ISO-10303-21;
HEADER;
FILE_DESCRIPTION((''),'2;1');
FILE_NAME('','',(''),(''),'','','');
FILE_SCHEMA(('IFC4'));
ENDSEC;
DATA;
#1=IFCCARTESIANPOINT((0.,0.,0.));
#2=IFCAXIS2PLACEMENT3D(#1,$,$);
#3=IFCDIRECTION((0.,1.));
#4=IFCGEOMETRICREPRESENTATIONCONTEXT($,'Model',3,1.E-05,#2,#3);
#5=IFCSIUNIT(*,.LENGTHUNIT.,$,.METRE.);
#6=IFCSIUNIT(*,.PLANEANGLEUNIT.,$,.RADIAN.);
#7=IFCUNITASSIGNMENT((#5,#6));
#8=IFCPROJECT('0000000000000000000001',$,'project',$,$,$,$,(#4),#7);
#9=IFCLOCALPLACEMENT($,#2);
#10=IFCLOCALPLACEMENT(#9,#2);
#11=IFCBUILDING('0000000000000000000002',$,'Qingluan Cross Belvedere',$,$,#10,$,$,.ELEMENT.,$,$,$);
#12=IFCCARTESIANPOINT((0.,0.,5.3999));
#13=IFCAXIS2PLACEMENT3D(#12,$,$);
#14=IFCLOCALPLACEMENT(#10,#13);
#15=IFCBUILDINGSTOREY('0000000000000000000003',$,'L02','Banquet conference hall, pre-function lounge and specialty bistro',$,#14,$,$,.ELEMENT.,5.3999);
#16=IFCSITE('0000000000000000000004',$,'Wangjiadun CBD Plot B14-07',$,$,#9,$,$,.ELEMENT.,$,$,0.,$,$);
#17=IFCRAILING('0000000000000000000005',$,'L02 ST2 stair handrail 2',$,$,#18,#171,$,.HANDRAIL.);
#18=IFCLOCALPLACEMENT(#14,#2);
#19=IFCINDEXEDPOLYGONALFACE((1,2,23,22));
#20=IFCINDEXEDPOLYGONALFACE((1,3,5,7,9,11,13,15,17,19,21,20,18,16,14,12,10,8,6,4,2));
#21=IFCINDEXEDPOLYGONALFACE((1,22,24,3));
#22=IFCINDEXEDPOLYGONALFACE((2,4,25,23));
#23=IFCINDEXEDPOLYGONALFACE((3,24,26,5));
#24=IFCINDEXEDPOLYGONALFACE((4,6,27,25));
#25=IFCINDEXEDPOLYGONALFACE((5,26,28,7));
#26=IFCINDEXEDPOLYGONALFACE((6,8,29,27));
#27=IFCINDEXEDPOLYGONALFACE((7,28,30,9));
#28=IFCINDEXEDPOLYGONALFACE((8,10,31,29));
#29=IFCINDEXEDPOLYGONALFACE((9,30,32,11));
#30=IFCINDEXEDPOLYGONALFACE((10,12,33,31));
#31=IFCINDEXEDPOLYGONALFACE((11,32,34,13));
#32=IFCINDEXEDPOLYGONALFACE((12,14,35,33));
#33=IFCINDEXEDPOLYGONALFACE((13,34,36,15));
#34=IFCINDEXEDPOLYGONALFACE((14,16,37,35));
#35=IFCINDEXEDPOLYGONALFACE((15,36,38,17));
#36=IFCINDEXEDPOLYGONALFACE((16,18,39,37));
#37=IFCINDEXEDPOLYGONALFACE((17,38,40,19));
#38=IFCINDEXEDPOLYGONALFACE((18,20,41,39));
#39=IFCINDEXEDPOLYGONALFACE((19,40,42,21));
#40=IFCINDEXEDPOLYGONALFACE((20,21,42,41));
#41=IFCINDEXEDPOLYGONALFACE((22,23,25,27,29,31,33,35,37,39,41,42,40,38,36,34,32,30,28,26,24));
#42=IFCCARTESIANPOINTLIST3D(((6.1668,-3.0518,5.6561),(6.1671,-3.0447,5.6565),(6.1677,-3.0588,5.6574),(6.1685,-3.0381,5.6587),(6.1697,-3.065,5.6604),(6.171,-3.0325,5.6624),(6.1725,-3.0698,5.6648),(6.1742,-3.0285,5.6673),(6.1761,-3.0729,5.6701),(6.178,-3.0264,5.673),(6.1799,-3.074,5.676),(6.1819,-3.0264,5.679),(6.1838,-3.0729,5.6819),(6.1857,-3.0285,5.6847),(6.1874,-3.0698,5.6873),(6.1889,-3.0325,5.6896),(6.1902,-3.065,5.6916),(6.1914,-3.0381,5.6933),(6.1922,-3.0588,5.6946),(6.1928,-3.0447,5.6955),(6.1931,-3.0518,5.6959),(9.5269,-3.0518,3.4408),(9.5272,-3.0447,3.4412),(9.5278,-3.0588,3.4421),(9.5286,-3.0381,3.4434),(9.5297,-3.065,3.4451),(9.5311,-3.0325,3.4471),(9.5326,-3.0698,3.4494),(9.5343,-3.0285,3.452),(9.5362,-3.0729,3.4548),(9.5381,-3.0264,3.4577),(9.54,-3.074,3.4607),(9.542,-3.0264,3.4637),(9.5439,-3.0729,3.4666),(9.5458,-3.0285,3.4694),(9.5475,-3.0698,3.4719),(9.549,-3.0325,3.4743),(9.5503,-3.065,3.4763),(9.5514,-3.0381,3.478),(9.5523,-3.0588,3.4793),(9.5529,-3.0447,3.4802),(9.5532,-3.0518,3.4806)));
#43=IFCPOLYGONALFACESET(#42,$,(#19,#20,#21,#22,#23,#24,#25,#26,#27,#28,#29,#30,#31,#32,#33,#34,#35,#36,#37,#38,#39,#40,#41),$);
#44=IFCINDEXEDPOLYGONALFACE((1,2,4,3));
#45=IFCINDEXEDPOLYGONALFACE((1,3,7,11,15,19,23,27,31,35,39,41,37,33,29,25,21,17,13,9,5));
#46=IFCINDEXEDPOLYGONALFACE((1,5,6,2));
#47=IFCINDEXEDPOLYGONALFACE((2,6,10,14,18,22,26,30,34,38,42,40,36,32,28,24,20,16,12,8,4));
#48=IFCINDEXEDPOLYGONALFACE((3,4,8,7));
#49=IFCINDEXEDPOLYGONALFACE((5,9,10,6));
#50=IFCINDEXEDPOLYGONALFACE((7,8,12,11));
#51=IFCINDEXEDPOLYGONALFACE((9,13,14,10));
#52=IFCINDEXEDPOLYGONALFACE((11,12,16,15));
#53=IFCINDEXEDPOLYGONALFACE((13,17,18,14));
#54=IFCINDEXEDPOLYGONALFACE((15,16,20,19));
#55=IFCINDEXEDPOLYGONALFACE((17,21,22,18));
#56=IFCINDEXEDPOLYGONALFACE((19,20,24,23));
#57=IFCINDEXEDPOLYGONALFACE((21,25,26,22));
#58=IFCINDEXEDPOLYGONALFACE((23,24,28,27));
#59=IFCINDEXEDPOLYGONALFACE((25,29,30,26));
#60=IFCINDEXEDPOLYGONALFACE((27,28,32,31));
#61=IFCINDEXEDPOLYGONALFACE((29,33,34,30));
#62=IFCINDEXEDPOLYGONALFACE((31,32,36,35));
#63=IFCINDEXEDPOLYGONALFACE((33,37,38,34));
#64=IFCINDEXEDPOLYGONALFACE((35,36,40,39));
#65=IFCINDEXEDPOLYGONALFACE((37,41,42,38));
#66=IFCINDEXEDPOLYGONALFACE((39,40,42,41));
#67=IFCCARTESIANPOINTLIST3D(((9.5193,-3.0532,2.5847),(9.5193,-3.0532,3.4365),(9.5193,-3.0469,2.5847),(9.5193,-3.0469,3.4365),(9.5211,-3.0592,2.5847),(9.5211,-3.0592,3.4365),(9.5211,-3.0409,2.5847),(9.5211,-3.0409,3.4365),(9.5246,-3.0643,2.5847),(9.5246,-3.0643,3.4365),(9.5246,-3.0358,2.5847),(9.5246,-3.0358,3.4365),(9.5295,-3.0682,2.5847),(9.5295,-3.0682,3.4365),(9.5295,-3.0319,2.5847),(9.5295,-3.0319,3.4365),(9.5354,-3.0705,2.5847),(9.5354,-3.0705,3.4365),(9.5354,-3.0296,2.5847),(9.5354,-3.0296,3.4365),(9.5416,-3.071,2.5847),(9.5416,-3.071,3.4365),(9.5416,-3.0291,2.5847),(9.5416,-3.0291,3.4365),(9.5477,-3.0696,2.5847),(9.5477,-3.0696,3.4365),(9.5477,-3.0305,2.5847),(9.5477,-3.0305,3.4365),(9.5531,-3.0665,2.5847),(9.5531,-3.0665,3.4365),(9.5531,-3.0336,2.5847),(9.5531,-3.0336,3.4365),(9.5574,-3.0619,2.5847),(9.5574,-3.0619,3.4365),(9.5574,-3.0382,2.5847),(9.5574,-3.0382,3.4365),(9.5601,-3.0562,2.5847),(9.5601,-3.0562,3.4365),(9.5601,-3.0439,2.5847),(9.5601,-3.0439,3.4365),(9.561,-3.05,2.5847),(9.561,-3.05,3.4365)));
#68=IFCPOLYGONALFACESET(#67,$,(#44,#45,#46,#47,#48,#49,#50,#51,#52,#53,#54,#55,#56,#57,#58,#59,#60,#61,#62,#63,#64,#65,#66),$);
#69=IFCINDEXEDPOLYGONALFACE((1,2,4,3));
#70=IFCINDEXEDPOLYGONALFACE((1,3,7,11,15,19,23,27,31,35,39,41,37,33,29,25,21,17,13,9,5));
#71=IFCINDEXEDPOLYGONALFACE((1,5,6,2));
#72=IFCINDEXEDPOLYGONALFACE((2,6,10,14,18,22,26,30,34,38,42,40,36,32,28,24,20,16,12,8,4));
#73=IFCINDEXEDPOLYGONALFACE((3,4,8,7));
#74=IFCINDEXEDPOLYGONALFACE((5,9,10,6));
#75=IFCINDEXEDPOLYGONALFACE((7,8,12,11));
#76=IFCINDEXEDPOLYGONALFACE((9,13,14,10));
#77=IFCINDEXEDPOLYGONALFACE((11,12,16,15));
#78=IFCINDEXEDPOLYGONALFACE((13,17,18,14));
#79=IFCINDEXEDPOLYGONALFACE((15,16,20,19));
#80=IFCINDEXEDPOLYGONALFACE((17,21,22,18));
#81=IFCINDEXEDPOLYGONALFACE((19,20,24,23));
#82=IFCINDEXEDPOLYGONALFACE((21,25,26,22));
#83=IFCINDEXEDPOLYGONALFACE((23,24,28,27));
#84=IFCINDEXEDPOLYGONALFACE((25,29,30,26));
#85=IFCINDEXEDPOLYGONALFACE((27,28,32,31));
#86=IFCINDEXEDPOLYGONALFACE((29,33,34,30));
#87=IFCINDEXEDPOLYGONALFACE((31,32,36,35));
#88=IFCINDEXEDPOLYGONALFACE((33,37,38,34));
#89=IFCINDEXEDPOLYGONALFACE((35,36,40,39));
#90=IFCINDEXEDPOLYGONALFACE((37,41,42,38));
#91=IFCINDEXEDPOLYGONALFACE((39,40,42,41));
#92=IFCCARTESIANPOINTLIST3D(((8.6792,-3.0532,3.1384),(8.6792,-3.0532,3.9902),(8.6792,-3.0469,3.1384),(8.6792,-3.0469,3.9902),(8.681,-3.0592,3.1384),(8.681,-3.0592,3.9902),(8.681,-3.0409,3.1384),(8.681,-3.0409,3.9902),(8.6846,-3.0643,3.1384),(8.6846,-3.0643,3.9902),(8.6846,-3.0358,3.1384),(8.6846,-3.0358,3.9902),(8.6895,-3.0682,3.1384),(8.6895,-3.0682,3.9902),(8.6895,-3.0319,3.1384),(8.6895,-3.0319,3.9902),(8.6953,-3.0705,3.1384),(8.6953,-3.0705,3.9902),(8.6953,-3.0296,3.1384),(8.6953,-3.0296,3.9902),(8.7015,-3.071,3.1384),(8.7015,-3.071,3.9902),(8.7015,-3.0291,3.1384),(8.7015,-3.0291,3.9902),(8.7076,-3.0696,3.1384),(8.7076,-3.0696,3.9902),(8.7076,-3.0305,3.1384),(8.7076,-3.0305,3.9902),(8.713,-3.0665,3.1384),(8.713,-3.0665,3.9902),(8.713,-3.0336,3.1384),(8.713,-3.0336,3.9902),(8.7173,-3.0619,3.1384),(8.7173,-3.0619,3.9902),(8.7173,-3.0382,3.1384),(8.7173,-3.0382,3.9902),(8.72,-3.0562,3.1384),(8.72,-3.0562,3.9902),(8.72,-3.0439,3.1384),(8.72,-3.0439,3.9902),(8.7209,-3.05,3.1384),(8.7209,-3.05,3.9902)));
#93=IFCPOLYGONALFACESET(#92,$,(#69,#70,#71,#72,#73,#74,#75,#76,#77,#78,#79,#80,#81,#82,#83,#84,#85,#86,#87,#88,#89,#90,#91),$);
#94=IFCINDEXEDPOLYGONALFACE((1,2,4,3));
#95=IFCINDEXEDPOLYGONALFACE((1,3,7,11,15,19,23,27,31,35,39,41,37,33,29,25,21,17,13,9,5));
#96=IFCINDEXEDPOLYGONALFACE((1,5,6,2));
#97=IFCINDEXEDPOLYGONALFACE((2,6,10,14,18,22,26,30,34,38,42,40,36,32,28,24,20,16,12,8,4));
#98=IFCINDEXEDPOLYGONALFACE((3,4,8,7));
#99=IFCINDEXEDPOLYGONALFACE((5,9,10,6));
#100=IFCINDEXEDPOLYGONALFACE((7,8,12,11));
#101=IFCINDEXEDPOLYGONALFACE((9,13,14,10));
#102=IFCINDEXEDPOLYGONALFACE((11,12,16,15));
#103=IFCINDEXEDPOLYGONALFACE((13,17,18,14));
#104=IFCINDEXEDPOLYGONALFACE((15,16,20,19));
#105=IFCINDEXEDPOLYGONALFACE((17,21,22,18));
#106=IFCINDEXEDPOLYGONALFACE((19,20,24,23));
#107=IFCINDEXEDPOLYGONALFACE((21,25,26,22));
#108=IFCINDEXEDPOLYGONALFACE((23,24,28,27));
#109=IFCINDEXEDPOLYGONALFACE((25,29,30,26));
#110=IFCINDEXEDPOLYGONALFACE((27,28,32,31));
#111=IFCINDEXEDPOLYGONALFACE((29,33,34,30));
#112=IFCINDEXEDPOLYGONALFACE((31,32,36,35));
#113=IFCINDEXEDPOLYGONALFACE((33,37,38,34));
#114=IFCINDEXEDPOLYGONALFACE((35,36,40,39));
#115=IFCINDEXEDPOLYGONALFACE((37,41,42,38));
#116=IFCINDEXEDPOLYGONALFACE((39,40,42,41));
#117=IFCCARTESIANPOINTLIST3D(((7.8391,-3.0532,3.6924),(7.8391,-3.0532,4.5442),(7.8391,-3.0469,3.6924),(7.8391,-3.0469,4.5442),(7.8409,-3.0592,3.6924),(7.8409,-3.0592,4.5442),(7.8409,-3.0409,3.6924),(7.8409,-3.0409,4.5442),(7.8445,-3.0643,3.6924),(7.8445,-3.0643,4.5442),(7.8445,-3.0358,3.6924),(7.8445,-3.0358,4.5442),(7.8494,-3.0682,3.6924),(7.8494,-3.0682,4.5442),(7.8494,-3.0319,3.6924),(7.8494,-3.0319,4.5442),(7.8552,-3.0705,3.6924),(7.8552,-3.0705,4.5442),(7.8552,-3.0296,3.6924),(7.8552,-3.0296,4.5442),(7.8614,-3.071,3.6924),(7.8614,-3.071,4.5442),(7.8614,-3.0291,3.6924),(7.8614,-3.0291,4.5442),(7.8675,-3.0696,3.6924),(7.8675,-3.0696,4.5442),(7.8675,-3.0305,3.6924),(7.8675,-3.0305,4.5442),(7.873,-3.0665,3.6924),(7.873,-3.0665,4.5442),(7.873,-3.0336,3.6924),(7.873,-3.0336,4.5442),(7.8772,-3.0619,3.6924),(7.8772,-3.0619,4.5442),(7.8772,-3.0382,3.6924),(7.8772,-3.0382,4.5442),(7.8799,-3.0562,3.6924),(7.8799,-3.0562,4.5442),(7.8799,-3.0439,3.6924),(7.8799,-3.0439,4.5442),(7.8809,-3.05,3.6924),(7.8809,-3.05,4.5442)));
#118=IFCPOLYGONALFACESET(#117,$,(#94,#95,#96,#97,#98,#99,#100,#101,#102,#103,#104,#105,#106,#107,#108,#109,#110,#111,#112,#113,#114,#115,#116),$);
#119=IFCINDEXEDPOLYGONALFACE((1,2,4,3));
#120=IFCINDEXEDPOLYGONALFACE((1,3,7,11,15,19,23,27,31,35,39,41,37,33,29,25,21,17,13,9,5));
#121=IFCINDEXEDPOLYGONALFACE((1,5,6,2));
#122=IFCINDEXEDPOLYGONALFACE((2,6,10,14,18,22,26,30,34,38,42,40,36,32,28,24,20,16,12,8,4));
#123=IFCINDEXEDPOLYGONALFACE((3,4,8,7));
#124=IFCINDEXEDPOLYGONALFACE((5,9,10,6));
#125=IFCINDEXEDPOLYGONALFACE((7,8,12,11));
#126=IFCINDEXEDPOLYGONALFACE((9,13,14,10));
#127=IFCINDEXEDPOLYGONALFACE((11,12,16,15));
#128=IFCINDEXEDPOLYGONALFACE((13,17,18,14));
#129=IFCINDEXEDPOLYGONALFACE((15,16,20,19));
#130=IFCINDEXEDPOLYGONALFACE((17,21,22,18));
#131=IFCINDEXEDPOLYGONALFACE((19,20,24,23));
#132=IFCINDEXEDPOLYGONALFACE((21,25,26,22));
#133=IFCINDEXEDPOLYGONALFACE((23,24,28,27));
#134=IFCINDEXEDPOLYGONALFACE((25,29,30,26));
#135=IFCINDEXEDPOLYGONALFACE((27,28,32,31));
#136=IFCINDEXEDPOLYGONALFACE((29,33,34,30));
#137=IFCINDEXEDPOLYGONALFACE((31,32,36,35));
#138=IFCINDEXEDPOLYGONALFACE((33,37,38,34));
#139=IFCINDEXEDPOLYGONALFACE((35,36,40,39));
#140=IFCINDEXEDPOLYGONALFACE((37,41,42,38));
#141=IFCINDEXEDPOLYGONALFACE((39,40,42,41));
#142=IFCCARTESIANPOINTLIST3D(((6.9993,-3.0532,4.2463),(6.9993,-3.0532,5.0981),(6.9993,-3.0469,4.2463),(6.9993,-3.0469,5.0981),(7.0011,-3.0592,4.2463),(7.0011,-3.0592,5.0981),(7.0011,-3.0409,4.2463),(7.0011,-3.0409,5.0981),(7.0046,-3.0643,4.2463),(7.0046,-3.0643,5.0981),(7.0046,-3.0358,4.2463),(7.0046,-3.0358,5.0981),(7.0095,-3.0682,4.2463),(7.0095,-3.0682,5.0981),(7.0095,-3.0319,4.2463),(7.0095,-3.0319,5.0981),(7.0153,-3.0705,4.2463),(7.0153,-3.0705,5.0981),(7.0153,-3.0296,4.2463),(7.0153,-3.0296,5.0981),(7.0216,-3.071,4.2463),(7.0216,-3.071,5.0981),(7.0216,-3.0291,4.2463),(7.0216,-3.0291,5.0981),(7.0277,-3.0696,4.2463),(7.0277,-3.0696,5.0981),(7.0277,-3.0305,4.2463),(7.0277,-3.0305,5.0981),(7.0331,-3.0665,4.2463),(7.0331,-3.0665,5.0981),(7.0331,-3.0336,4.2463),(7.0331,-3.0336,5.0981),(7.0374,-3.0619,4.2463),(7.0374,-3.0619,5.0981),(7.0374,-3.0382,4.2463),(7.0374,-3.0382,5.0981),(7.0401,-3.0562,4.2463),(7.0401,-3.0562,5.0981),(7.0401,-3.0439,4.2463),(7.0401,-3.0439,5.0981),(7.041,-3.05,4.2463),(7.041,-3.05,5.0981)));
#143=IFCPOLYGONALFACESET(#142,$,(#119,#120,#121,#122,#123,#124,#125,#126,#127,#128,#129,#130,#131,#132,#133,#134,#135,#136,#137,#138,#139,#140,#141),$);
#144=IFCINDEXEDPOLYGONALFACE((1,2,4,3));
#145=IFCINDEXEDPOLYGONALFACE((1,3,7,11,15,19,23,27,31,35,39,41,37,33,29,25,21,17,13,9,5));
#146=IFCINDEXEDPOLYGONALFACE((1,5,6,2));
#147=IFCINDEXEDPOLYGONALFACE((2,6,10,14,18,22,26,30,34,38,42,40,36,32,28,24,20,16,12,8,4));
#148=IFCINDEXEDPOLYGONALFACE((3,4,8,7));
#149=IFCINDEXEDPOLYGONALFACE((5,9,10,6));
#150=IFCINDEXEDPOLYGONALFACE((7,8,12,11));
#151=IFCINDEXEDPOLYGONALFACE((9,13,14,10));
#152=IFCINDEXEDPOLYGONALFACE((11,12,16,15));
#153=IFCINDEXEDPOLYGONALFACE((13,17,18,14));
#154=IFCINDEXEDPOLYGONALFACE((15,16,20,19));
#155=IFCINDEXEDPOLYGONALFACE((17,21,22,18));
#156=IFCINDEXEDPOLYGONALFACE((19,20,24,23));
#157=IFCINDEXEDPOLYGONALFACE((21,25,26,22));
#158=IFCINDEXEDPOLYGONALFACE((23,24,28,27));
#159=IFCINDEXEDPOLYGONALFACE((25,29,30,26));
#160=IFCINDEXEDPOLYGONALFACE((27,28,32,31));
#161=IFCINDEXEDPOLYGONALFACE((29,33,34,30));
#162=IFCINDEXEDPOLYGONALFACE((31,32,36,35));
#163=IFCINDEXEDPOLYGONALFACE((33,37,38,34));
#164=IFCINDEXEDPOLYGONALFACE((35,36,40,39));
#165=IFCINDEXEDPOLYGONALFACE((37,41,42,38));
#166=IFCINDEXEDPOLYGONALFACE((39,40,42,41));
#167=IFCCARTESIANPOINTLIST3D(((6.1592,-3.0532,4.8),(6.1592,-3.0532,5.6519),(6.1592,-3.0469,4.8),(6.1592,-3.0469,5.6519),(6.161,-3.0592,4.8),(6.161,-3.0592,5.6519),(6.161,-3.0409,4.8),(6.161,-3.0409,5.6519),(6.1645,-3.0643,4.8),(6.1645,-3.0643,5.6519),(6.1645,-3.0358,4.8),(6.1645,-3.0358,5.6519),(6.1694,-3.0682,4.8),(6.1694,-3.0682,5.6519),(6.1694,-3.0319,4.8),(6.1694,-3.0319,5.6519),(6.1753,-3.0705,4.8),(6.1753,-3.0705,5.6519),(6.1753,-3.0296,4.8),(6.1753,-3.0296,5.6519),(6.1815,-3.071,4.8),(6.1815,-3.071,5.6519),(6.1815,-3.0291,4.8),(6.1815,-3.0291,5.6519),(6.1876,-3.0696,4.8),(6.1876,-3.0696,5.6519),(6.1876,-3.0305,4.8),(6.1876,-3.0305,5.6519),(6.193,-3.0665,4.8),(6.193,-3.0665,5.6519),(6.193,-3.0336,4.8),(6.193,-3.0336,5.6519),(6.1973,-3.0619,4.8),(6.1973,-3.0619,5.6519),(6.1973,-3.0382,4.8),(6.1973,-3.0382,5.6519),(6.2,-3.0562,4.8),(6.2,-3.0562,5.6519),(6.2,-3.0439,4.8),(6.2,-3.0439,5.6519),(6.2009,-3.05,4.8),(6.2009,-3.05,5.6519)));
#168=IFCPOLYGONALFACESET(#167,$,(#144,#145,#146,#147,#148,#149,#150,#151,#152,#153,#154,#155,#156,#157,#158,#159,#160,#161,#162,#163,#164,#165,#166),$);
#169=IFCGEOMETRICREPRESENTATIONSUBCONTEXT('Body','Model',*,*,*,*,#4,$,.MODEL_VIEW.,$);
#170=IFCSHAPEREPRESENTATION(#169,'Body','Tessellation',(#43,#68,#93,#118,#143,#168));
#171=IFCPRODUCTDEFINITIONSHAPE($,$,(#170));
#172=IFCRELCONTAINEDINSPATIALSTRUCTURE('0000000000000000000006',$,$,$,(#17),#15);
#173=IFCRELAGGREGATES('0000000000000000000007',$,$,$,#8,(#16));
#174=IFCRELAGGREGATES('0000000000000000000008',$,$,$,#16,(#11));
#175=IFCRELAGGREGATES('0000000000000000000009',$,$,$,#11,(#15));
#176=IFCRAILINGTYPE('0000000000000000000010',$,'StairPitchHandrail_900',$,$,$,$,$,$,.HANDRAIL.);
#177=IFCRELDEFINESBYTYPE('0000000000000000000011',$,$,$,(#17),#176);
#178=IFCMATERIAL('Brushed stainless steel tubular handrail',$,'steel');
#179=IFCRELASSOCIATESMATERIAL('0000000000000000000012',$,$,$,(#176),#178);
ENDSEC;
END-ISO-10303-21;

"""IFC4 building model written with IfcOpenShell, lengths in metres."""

from ifc_helpers import new_model, si_unit, direction, frame, origin, origin_2d, place, context, subcontext, project, spatial, circle, extrude, material, type_object, element, save


model = new_model("IFC4")

# Units and contexts
model_context = context("Model", 3, precision=1e-05, world=origin(), true_north=direction((0.0, 1.0)))
body_context = subcontext(model_context, "Body", "Model", "MODEL_VIEW")
ifc_project = project(units=[si_unit("LENGTHUNIT", "METRE"), si_unit("PLANEANGLEUNIT", "RADIAN")], contexts=[model_context])

# Site, building, storey
site_placement = place(None, origin())
site = spatial("IfcSite", under=ifc_project, at=site_placement, Name="Wangjiadun CBD Plot B14-07", CompositionType="ELEMENT", RefElevation=0.0)
building_placement = place(site_placement, origin())
building = spatial("IfcBuilding", under=site, at=building_placement, Name="Qingluan Cross Belvedere", CompositionType="ELEMENT")
storey_placement = place(building_placement, frame((0.0, 0.0, 5.3999)))
storey = spatial("IfcBuildingStorey", under=building, at=storey_placement, Name="L02", Description="Banquet conference hall, pre-function lounge and specialty bistro", CompositionType="ELEMENT", Elevation=5.3999)

# Railing
ifc_material_1 = material(Name="Brushed stainless steel tubular handrail", Category="steel")
railing_type_1 = type_object("IfcRailingType", Name="StairPitchHandrail_900", PredefinedType="HANDRAIL", material=ifc_material_1)
for number, where, name in (
    (1, (9.54, -3.05, 2.5847), "L02 ST2 stair handrail 2"),
):
    element("IfcRailing", number, at=place(storey_placement, frame(where)), inside=storey, type_object=railing_type_1, Name=name, PredefinedType="HANDRAIL", context=body_context, shape_type="SweptSolid", body=[
        extrude(circle(Radius=0.0239, at=origin_2d()), frame((0.0, 0.0, 0.876), z_axis=(-0.834876, 0.0, 0.550437), x_axis=(0.0, -1.0, 0.0)), (0.0, 0.0, 1.0), 4.0247),
        extrude(circle(Radius=0.021, at=origin_2d()), origin(), (0.0, 0.0, 1.0), 0.8518),
        extrude(circle(Radius=0.021, at=origin_2d()), frame((-0.8401, 0.0, 0.5537)), (0.0, 0.0, 1.0), 0.8518),
        extrude(circle(Radius=0.021, at=origin_2d()), frame((-1.6802, 0.0, 1.1077)), (0.0, 0.0, 1.0), 0.8518),
        extrude(circle(Radius=0.021, at=origin_2d()), frame((-2.52, 0.0, 1.6616)), (0.0, 0.0, 1.0), 0.8518),
        extrude(circle(Radius=0.021, at=origin_2d()), frame((-3.3601, 0.0, 2.2153)), (0.0, 0.0, 1.0), 0.8518),
    ])

save(model, "model.ifc")
